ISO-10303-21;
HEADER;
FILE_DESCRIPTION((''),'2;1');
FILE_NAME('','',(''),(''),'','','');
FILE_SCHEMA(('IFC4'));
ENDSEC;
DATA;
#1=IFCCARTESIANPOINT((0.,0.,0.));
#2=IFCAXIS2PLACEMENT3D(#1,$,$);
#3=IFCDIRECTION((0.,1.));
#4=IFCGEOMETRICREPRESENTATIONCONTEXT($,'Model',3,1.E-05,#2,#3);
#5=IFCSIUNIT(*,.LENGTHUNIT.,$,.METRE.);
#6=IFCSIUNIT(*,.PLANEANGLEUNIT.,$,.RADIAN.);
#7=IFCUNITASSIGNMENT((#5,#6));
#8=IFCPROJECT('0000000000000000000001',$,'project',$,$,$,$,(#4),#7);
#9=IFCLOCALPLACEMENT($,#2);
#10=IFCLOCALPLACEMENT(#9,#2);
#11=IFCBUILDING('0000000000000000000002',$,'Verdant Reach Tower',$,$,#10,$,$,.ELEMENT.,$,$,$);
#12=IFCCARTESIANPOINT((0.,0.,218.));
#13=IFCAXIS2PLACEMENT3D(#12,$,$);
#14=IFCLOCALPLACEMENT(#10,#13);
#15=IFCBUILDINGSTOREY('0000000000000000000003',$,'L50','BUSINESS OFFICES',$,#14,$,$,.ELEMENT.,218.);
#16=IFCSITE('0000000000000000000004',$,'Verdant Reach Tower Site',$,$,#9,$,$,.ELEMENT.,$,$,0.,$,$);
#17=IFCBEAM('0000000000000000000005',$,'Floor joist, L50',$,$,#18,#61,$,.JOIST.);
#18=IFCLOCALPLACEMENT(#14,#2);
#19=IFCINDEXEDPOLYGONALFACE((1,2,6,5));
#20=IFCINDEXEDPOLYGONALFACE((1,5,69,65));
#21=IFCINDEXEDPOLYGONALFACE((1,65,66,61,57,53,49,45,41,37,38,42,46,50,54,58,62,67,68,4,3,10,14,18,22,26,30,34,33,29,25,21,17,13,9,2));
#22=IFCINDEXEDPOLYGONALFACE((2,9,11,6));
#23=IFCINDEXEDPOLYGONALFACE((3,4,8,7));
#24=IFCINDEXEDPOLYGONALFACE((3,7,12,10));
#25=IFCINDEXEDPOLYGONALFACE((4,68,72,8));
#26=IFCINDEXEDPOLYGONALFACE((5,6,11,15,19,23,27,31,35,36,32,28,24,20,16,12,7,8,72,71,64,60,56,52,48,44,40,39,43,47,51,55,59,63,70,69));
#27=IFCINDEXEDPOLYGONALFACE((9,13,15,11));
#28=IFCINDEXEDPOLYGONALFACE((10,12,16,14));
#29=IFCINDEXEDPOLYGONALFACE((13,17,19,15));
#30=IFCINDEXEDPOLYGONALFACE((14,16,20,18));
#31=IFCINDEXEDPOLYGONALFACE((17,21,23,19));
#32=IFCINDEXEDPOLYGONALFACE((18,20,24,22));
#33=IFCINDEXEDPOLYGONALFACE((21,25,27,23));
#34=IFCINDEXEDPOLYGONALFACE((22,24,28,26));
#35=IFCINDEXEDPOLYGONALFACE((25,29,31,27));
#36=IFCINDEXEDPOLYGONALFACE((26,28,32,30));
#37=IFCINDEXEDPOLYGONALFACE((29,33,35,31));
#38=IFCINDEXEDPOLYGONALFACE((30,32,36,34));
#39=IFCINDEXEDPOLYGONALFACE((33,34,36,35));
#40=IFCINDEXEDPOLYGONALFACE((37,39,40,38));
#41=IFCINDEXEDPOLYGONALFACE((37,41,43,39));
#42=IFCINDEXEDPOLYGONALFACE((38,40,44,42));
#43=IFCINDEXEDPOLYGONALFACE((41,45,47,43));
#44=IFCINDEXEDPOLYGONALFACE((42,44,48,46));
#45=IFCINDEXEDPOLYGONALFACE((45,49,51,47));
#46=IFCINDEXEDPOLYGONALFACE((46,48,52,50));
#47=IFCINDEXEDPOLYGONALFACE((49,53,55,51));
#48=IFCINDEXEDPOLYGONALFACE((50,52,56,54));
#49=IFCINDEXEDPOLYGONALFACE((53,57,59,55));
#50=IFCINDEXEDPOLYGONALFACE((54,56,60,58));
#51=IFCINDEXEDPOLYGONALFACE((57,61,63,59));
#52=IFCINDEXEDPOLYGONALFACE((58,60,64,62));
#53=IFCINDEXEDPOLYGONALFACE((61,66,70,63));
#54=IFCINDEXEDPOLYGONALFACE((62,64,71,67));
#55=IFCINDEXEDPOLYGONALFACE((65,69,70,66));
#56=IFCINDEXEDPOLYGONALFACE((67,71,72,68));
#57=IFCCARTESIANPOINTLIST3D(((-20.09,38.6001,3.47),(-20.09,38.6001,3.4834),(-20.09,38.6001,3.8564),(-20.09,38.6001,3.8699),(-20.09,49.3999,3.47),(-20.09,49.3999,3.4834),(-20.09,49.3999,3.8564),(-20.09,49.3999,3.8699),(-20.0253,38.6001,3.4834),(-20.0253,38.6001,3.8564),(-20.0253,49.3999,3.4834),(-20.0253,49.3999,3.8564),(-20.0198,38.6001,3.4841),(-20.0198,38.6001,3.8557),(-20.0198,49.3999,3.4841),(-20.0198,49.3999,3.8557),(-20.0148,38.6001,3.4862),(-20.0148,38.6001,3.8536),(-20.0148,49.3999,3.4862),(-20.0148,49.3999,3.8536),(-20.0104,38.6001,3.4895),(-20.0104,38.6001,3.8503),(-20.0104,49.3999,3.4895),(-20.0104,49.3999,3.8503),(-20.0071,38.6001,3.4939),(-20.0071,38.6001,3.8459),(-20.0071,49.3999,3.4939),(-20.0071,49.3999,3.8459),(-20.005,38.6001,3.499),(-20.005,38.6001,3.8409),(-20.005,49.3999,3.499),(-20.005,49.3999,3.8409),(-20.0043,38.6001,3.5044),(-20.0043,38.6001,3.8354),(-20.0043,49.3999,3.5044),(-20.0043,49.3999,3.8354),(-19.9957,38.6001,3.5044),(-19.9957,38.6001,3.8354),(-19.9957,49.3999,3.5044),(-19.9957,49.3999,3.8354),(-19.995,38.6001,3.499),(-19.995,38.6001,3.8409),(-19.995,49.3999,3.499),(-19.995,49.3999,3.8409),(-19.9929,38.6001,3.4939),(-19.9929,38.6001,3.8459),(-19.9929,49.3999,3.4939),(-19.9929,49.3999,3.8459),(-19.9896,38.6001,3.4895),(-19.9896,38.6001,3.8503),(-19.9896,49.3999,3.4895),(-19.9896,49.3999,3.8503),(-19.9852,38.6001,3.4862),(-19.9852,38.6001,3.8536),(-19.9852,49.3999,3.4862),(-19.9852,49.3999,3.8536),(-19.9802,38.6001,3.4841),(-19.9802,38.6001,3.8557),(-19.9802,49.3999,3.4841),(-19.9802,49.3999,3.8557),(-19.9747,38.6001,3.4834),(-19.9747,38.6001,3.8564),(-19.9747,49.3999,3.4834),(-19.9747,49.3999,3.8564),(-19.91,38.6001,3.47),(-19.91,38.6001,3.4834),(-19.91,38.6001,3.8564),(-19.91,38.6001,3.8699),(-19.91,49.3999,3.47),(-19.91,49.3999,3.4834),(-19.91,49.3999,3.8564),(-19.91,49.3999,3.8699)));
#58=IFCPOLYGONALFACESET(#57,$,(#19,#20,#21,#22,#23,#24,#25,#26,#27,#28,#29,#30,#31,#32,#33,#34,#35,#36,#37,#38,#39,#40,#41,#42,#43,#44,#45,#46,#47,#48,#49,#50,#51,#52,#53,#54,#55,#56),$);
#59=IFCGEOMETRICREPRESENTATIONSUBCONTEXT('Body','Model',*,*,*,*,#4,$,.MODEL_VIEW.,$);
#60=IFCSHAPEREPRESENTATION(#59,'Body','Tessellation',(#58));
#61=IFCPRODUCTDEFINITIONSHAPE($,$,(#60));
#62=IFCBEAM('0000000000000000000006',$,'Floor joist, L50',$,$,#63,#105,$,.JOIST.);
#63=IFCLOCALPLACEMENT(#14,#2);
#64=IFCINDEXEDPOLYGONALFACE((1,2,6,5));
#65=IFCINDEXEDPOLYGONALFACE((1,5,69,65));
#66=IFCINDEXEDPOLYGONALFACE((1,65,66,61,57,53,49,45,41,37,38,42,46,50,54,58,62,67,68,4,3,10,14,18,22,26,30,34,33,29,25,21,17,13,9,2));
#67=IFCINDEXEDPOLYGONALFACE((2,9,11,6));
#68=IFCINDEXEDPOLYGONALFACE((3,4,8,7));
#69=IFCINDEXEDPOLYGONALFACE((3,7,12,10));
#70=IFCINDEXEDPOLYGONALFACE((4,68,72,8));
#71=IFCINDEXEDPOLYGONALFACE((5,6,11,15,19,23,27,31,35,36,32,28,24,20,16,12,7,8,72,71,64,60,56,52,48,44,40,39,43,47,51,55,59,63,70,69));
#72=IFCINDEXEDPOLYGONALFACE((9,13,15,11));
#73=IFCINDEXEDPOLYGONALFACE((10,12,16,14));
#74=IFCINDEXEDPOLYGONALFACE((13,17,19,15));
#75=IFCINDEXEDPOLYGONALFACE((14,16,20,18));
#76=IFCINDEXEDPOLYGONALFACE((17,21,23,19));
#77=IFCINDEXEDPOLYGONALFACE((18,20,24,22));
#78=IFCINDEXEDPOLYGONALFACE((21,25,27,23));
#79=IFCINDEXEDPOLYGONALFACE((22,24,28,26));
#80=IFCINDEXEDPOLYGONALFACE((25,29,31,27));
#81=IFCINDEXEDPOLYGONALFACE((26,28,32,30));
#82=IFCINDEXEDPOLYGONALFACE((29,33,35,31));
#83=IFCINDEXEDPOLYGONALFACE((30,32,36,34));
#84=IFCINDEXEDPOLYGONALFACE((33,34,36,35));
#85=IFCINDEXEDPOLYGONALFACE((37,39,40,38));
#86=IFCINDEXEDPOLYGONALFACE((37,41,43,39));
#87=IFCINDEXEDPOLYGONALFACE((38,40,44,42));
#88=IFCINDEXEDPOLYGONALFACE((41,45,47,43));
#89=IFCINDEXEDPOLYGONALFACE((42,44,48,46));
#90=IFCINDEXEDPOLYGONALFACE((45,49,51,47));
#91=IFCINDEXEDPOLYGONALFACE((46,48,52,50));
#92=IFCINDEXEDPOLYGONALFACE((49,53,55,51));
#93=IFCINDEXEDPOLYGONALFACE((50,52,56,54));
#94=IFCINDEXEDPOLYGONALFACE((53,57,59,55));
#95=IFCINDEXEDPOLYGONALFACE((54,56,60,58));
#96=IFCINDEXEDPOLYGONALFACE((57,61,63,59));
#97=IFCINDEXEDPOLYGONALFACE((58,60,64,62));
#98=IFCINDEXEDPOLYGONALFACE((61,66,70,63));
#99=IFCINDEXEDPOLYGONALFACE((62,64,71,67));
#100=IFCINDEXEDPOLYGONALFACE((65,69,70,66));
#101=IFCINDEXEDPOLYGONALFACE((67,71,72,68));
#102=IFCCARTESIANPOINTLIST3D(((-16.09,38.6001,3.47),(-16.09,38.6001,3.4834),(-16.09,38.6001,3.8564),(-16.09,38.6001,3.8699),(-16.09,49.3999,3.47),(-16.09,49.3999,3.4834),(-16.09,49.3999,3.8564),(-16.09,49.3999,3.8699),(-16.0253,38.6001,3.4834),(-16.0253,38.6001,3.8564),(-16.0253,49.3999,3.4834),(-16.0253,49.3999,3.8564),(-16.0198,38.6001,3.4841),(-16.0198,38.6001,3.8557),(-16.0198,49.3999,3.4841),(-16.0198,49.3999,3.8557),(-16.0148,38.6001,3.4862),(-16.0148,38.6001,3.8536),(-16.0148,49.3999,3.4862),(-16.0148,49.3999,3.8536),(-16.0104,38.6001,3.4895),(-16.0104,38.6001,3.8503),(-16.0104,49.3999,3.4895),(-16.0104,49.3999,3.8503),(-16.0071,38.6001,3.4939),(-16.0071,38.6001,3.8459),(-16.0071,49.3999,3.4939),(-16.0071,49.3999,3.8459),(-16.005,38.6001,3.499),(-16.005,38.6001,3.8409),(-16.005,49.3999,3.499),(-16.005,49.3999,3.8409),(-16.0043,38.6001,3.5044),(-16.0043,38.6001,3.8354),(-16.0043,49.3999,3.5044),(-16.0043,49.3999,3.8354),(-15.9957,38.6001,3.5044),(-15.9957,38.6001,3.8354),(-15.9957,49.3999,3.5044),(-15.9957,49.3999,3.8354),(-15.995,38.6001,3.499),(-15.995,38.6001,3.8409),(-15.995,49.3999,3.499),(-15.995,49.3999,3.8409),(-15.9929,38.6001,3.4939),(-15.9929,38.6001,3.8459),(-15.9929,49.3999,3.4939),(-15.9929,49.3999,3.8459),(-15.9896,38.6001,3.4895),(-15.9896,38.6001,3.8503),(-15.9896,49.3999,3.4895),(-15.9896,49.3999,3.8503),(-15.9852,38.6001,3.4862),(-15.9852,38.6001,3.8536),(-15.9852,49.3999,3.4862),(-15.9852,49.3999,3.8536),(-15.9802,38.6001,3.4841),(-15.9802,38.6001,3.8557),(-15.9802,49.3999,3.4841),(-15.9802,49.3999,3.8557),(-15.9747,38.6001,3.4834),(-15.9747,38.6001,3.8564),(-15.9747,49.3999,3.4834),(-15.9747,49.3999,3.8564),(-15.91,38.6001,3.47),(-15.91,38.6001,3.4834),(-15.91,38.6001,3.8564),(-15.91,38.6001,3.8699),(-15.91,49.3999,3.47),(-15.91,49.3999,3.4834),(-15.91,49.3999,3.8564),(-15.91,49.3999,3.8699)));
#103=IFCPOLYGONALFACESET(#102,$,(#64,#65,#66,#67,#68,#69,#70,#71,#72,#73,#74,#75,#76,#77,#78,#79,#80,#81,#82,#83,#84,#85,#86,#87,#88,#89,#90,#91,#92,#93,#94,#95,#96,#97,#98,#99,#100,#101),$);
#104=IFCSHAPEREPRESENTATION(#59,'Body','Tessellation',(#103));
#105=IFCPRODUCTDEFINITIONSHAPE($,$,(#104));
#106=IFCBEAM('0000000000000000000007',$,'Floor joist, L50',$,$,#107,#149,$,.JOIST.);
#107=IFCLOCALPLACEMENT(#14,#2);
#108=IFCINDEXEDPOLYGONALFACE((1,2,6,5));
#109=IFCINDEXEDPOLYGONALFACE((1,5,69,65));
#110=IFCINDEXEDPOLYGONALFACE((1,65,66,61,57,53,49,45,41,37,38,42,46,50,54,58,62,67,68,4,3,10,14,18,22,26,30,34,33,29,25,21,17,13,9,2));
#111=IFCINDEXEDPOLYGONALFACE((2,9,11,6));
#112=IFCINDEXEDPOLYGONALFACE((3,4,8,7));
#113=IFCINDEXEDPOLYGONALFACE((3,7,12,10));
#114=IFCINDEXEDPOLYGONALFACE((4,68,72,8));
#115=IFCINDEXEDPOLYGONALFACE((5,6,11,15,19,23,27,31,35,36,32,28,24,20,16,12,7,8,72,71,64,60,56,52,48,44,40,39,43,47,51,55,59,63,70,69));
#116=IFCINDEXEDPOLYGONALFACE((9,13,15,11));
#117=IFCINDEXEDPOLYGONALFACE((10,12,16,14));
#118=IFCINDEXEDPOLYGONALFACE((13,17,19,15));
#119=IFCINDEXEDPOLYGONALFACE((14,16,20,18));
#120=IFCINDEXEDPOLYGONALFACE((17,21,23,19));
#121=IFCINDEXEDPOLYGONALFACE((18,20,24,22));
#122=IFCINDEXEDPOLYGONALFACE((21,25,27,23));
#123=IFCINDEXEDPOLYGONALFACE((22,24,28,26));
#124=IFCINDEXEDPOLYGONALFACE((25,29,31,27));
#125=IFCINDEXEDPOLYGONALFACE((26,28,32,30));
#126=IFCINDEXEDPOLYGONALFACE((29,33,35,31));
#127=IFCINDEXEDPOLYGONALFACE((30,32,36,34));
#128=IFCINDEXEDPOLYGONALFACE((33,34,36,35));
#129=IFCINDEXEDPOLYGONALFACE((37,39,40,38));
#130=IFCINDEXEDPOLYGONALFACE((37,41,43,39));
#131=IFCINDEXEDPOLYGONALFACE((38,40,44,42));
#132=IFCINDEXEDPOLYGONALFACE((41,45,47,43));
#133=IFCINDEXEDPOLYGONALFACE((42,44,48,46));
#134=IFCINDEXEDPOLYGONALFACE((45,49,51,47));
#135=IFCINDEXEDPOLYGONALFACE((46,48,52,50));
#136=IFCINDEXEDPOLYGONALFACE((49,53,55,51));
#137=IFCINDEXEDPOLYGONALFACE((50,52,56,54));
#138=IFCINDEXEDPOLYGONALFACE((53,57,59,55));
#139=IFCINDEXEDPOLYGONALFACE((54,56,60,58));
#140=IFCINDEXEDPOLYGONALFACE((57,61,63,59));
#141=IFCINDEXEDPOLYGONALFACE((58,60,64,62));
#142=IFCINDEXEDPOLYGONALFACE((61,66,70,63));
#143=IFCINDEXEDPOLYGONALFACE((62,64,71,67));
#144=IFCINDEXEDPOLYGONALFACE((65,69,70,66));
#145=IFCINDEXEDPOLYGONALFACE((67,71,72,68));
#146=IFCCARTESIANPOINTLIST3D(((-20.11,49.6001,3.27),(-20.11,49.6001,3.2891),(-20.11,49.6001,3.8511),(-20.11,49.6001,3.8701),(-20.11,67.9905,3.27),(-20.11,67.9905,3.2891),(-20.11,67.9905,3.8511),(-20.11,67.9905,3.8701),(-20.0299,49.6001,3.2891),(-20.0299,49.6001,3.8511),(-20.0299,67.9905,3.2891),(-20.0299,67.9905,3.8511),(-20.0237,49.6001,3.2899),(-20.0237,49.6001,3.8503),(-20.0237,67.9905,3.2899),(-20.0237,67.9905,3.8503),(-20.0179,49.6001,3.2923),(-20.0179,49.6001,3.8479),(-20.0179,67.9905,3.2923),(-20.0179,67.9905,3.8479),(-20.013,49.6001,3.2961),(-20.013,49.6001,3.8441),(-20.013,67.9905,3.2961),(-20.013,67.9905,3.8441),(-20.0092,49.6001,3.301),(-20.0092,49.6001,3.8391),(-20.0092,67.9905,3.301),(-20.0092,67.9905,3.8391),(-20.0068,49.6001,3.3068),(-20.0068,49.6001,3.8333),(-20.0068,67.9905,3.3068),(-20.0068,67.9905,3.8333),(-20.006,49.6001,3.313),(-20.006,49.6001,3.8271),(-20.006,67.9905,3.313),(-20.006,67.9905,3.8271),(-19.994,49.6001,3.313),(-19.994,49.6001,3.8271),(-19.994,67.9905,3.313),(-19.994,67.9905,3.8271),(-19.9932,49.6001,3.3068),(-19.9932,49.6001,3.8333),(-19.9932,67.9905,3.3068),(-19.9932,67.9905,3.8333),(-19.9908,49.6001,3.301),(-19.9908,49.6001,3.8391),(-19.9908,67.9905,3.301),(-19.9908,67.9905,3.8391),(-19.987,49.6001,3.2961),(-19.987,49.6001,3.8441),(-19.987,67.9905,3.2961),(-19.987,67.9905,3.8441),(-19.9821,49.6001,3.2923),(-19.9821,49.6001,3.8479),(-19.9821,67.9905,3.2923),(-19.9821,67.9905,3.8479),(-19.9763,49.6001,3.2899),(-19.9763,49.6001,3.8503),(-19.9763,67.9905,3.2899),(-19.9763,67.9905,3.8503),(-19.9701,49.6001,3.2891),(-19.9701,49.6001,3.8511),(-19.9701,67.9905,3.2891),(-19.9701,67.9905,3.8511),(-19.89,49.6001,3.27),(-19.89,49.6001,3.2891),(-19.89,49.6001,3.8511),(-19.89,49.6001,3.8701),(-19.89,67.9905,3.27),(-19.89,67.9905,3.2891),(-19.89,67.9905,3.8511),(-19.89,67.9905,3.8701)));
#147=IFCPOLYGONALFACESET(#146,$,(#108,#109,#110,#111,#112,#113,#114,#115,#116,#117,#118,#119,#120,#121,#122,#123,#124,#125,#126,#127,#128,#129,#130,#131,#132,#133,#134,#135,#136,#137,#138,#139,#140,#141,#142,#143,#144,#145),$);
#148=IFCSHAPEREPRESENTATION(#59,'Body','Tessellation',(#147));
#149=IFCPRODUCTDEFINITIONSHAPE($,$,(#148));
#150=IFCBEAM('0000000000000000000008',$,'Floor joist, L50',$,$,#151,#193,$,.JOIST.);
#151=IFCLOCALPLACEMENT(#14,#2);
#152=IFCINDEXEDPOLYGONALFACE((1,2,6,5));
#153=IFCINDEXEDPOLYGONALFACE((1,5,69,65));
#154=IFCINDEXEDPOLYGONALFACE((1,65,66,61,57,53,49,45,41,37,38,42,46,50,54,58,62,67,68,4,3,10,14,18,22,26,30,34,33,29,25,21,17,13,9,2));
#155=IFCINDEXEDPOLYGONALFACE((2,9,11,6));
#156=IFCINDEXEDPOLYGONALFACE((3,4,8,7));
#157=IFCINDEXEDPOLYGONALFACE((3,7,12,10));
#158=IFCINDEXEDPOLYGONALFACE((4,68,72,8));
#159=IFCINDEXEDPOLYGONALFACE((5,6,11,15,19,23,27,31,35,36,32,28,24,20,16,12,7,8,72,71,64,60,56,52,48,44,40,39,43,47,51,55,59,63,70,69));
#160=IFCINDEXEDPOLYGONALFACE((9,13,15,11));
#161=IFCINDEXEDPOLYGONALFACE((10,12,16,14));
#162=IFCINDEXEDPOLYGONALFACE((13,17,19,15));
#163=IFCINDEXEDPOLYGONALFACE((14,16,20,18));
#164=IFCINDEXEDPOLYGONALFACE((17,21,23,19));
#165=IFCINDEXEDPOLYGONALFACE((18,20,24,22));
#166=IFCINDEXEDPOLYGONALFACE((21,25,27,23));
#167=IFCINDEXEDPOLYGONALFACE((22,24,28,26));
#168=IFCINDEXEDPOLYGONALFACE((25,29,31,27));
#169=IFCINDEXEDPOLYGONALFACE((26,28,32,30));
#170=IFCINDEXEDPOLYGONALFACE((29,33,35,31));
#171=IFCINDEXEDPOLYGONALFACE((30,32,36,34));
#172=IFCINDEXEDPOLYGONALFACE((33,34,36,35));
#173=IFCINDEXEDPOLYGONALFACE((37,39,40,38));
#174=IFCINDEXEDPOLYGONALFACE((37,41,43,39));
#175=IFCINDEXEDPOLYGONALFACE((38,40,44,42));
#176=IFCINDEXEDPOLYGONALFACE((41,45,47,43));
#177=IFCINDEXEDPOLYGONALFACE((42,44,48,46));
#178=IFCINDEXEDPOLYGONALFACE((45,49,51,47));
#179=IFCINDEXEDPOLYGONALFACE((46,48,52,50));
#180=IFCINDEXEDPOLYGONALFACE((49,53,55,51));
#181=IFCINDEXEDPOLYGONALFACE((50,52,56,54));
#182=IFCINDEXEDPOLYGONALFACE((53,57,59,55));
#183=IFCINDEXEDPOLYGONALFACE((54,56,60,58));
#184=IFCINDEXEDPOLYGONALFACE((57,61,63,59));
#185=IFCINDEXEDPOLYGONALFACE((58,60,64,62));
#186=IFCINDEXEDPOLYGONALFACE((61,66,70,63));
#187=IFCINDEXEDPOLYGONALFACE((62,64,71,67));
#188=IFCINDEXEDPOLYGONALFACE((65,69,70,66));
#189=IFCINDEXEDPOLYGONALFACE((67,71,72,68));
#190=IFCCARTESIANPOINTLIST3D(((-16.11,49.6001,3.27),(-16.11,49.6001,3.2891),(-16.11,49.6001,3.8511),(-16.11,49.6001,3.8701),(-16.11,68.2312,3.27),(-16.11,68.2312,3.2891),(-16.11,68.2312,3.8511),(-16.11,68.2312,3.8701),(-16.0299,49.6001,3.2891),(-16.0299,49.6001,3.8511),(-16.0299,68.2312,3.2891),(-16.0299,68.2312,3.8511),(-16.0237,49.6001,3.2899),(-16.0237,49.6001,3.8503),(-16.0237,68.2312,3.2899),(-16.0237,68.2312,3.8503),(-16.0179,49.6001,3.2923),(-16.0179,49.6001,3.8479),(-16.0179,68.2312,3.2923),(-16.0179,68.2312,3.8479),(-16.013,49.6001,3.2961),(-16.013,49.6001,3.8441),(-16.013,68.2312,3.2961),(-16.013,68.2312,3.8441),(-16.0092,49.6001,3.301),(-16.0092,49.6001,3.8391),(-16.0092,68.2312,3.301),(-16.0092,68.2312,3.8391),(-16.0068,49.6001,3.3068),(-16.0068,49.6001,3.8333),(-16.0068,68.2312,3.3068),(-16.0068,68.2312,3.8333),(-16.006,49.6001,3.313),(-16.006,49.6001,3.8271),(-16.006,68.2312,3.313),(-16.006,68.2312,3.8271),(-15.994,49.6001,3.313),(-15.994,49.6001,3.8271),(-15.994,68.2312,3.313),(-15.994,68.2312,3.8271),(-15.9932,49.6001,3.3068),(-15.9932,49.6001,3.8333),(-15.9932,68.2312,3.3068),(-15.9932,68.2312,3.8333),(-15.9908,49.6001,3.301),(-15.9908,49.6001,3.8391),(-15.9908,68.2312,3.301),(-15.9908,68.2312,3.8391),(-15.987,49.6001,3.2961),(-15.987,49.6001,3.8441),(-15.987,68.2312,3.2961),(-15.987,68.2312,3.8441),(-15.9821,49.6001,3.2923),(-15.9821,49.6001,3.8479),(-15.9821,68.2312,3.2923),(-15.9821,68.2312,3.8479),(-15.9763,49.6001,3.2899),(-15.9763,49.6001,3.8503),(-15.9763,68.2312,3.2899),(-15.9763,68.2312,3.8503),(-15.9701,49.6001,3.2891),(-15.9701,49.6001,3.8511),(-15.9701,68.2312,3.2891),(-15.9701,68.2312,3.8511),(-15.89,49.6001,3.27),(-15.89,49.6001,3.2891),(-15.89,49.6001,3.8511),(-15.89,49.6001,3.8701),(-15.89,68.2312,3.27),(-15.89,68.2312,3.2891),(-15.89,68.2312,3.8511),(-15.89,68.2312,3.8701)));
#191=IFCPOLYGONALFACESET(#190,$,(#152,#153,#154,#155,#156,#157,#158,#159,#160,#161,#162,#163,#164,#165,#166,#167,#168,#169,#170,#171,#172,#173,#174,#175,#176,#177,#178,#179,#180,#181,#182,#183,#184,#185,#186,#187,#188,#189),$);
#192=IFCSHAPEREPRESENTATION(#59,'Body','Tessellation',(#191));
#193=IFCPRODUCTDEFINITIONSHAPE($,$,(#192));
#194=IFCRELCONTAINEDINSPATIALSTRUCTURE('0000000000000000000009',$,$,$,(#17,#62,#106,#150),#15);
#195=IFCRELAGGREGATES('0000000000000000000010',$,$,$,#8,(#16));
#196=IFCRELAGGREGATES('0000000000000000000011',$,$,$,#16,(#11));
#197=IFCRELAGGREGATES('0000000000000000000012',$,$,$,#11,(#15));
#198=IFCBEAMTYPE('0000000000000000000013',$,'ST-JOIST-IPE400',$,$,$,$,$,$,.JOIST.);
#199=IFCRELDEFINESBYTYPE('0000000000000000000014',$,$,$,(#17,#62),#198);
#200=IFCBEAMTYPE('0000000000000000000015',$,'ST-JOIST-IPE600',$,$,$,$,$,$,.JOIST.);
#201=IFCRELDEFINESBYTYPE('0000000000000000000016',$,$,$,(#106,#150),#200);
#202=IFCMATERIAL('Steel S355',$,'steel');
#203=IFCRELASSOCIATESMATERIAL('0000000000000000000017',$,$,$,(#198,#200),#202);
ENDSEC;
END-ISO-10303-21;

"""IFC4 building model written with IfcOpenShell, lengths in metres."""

from ifc_helpers import new_model, si_unit, direction, frame, origin, origin_2d, place, context, subcontext, project, spatial, i_section, extrude, material, material_profile, profile_set, type_object, element, save


model = new_model("IFC4")

# Units and contexts
model_context = context("Model", 3, precision=1e-05, world=origin(), true_north=direction((0.0, 1.0)))
body_context = subcontext(model_context, "Body", "Model", "MODEL_VIEW")
ifc_project = project(units=[si_unit("LENGTHUNIT", "METRE"), si_unit("PLANEANGLEUNIT", "RADIAN")], contexts=[model_context])

# Site, building, storey
site_placement = place(None, origin())
site = spatial("IfcSite", under=ifc_project, at=site_placement, Name="Verdant Reach Tower Site", CompositionType="ELEMENT", RefElevation=0.0)
building_placement = place(site_placement, origin())
building = spatial("IfcBuilding", under=site, at=building_placement, Name="Verdant Reach Tower", CompositionType="ELEMENT")
storey_placement = place(building_placement, frame((0.0, 0.0, 218.0)))
storey = spatial("IfcBuildingStorey", under=building, at=storey_placement, Name="L50", Description="BUSINESS OFFICES", CompositionType="ELEMENT", Elevation=218.0)

# Beams
ifc_material_1 = material(Name="Steel S355", Category="steel")
ifc_material_profile_1 = material_profile(ifc_material_1, i_section(OverallWidth=0.1799, OverallDepth=0.3999, WebThickness=0.0085, FlangeThickness=0.0134, FilletRadius=0.021, at=origin_2d()), Name="IPE 400")
ifc_profile_set_1 = profile_set([ifc_material_profile_1], Name="Steel S355")
beam_type_1 = type_object("IfcBeamType", Name="ST-JOIST-IPE400", PredefinedType="JOIST", material=ifc_profile_set_1)
for number, where, z_axis, x_axis, name in (
    (1, (-20.0, 38.6001, 3.6699), (0.0, 1.0, 0.0), (-1.0, 0.0, 0.0), "Floor joist, L50"),
    (2, (-16.0, 38.6001, 3.6699), (0.0, 1.0, 0.0), (-1.0, 0.0, 0.0), "Floor joist, L50"),
):
    element("IfcBeam", number, at=place(storey_placement, frame(where, z_axis=z_axis, x_axis=x_axis)), inside=storey, type_object=beam_type_1, Name=name, PredefinedType="JOIST", context=body_context, shape_type="SweptSolid", body=[
        extrude(i_section(OverallWidth=0.1799, OverallDepth=0.3999, WebThickness=0.0085, FlangeThickness=0.0134, FilletRadius=0.021, at=origin_2d()), origin(), (0.0, 0.0, 1.0), 10.7998),
    ])
ifc_material_profile_2 = material_profile(ifc_material_1, i_section(OverallWidth=0.22, OverallDepth=0.6001, WebThickness=0.012, FlangeThickness=0.019, FilletRadius=0.0239, at=origin_2d()), Name="IPE 600")
ifc_profile_set_2 = profile_set([ifc_material_profile_2], Name="Steel S355")
beam_type_2 = type_object("IfcBeamType", Name="ST-JOIST-IPE600", PredefinedType="JOIST", material=ifc_profile_set_2)
beam_1_placement = place(storey_placement, frame((-20.0, 49.6001, 3.5701), z_axis=(0.0, 1.0, 0.0), x_axis=(-1.0, 0.0, 0.0)))
element("IfcBeam", 3, at=beam_1_placement, inside=storey, type_object=beam_type_2, Name="Floor joist, L50", PredefinedType="JOIST", context=body_context, shape_type="SweptSolid", body=[
    extrude(i_section(OverallWidth=0.22, OverallDepth=0.6001, WebThickness=0.012, FlangeThickness=0.019, FilletRadius=0.0239, at=origin_2d()), origin(), (0.0, 0.0, 1.0), 18.3904),
])
beam_2_placement = place(storey_placement, frame((-16.0, 49.6001, 3.5701), z_axis=(0.0, 1.0, 0.0), x_axis=(-1.0, 0.0, 0.0)))
element("IfcBeam", 4, at=beam_2_placement, inside=storey, type_object=beam_type_2, Name="Floor joist, L50", PredefinedType="JOIST", context=body_context, shape_type="SweptSolid", body=[
    extrude(i_section(OverallWidth=0.22, OverallDepth=0.6001, WebThickness=0.012, FlangeThickness=0.019, FilletRadius=0.0239, at=origin_2d()), origin(), (0.0, 0.0, 1.0), 18.6311),
])

save(model, "model.ifc")
